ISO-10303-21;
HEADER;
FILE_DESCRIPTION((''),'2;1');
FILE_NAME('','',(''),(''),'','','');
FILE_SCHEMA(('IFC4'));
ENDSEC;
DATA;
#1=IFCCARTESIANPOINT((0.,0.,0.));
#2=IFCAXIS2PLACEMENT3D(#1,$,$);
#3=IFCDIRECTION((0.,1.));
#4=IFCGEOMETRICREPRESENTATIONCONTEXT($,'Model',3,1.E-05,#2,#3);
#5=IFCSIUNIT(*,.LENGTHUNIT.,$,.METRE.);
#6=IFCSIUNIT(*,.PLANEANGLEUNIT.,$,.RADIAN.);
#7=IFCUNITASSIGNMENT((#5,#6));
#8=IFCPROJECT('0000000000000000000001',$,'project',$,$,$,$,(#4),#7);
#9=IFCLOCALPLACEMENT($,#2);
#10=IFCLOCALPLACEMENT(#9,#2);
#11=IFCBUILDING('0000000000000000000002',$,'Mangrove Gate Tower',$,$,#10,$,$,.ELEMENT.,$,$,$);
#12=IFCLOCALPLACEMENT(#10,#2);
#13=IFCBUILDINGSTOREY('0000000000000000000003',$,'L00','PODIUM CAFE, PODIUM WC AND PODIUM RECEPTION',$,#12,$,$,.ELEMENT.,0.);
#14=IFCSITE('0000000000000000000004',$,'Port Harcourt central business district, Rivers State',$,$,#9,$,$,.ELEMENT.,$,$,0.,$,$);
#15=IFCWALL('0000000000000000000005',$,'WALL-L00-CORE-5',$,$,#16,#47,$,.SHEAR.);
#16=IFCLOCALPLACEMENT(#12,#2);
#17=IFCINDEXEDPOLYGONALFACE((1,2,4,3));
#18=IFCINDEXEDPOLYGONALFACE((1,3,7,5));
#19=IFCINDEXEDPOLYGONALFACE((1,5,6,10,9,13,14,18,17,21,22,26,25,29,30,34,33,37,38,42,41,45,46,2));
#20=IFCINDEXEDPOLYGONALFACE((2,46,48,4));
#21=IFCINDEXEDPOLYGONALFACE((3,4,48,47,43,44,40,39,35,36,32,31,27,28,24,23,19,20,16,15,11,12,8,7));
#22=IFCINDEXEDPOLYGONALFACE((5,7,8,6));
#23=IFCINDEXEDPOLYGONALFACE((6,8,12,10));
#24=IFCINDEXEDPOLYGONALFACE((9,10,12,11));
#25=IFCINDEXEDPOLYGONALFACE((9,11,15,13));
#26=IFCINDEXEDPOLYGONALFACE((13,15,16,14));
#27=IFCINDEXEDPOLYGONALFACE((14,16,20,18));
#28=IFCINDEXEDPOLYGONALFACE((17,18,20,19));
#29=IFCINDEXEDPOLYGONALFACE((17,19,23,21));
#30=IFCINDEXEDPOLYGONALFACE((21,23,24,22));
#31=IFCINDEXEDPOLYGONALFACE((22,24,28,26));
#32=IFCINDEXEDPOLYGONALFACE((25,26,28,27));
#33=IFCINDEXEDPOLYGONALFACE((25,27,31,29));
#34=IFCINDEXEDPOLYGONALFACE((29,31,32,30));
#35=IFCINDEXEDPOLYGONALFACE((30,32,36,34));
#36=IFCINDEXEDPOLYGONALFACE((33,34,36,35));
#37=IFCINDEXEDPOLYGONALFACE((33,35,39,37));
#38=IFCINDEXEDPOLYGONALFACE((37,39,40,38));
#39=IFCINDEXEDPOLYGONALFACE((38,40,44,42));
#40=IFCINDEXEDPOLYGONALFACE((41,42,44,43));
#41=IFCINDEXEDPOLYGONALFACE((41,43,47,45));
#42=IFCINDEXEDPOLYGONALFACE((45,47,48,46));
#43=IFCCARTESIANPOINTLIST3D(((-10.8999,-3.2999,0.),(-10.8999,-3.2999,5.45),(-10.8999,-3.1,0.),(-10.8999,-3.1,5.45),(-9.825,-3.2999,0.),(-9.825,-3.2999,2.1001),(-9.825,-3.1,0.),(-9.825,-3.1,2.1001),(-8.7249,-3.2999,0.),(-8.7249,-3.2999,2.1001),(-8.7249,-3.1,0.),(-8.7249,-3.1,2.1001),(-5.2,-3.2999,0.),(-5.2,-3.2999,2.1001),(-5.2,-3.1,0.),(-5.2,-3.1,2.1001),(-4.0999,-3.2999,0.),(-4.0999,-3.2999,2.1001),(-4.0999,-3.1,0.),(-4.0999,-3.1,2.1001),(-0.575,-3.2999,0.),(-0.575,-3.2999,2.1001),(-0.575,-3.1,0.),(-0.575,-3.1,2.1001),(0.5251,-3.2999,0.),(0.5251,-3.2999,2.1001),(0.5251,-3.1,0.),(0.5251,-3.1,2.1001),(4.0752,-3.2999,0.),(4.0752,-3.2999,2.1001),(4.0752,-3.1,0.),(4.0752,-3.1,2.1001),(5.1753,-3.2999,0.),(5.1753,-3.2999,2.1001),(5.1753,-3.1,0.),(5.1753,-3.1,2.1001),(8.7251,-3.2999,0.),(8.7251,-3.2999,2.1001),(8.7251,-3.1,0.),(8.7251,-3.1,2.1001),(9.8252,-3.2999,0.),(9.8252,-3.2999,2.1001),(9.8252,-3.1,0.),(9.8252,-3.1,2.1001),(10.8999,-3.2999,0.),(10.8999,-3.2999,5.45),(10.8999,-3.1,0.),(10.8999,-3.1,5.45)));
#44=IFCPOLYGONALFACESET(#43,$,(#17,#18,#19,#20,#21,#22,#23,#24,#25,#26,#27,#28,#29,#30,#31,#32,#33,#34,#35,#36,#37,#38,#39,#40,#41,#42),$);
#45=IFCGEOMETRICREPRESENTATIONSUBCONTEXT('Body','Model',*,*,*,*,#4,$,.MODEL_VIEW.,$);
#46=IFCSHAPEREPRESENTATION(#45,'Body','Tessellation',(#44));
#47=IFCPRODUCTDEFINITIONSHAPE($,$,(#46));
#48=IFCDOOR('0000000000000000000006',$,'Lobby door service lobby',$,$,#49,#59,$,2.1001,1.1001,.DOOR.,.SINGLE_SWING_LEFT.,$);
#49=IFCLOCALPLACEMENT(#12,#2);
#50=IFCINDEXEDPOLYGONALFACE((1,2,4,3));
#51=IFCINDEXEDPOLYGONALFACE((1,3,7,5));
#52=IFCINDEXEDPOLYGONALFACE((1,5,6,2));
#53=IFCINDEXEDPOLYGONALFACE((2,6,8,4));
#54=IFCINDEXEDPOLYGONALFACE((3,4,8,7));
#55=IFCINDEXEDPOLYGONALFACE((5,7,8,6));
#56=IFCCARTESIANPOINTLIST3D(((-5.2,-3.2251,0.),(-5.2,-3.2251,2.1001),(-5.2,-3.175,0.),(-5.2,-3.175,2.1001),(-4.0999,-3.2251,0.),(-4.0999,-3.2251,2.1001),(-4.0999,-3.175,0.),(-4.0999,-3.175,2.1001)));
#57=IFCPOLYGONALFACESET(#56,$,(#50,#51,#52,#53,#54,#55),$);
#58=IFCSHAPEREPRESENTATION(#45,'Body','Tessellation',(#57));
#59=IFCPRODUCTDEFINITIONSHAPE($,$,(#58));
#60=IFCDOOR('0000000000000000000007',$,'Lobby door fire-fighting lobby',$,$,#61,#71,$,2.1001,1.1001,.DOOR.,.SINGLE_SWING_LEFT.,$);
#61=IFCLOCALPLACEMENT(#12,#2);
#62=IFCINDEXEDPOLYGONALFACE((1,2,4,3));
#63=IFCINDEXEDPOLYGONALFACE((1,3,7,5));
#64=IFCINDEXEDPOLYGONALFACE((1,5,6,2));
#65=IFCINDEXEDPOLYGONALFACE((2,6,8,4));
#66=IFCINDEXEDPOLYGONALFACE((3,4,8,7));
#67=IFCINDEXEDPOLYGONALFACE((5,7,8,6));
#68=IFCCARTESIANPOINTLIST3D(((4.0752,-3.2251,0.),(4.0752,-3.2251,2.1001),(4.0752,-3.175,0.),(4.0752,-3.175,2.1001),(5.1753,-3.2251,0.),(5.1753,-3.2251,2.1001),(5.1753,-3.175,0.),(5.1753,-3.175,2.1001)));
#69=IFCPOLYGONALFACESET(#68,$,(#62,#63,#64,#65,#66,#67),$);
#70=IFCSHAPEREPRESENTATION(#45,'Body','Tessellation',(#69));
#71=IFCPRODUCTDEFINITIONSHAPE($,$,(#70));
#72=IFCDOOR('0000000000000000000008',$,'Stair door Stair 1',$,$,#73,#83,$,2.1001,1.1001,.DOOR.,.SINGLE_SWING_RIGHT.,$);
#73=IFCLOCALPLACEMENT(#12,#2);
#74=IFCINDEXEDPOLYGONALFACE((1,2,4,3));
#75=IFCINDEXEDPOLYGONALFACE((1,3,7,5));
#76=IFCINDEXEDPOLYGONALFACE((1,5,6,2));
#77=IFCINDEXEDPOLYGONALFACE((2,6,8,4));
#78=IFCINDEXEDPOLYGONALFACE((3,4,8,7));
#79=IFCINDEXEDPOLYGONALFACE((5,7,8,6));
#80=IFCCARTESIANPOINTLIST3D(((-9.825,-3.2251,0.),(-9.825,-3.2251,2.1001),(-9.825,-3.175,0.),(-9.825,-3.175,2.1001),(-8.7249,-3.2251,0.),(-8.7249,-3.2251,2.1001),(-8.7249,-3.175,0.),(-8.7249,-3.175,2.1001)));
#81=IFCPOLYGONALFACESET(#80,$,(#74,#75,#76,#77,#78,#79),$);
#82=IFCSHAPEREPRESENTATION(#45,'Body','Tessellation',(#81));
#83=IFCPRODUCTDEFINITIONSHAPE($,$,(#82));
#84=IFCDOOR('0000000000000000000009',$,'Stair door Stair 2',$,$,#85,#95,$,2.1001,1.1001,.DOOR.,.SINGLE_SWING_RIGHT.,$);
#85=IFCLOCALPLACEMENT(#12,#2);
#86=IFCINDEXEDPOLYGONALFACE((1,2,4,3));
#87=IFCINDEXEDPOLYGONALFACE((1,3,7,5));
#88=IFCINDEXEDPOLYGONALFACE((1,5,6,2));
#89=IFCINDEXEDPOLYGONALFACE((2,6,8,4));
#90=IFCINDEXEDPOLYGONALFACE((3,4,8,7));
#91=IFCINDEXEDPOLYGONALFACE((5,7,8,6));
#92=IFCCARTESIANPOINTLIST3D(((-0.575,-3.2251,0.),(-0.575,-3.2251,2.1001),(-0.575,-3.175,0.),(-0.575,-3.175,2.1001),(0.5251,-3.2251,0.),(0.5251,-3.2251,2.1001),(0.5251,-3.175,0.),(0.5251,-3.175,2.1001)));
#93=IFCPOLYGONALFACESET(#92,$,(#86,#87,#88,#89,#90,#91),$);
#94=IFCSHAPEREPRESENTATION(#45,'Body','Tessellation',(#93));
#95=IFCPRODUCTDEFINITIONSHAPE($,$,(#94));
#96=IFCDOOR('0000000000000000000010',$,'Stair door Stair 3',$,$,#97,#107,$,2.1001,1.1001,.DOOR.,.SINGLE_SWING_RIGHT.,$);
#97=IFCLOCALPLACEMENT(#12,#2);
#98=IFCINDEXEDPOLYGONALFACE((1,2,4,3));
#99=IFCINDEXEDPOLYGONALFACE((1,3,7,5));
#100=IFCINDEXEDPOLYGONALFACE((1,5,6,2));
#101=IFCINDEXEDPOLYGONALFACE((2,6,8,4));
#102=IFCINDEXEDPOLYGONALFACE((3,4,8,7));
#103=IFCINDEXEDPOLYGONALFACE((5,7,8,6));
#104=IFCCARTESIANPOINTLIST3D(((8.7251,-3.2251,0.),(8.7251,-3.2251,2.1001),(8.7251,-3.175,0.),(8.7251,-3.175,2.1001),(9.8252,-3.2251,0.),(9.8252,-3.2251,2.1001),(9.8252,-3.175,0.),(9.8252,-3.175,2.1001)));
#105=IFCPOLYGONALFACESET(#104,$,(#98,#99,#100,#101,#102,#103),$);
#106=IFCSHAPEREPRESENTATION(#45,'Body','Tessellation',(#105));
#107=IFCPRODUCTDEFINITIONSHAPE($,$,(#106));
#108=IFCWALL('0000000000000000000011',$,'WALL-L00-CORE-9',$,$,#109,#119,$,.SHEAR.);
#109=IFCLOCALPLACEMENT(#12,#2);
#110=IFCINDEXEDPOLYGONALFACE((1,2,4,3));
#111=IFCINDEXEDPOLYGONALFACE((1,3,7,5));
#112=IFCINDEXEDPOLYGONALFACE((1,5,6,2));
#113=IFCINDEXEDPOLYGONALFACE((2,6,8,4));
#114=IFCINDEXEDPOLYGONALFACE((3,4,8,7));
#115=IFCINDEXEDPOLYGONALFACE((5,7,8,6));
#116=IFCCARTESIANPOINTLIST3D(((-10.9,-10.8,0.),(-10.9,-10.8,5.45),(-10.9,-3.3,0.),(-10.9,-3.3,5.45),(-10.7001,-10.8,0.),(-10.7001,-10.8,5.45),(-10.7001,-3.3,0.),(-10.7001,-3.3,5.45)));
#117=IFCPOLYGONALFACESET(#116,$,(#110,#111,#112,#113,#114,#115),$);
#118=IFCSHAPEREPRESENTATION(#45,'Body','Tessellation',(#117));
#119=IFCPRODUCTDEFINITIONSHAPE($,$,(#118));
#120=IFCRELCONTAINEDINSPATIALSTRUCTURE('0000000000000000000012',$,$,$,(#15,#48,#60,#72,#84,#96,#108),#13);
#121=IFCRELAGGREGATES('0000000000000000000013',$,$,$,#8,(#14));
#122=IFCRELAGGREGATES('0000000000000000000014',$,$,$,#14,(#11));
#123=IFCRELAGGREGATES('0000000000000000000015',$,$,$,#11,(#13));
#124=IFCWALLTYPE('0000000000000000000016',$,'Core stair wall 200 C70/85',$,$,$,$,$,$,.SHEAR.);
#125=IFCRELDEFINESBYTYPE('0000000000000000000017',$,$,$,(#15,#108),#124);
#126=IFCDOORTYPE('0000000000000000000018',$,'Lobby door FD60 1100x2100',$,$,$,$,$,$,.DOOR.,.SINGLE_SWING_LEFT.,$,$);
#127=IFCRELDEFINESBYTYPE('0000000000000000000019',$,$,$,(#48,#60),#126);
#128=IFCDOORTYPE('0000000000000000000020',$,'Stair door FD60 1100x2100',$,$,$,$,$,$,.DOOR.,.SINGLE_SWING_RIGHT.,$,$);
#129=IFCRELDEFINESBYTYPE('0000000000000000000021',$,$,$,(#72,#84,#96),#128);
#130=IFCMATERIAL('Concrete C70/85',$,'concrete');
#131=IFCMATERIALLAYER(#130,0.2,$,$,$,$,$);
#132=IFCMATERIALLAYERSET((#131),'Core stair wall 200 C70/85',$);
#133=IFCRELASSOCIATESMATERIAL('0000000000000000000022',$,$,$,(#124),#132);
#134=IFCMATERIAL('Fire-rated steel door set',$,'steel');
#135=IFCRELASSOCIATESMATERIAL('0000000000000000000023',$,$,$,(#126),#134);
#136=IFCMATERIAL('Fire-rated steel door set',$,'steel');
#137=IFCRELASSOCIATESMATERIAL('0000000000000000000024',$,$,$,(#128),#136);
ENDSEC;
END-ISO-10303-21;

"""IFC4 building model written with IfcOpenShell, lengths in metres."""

from ifc_helpers import new_model, si_unit, direction, frame, frame_2d, origin, place, context, subcontext, project, spatial, rectangle, extrude, material, layer, layer_set, type_object, element, fill, save


model = new_model("IFC4")

# Units and contexts
model_context = context("Model", 3, precision=1e-05, world=origin(), true_north=direction((0.0, 1.0)))
body_context = subcontext(model_context, "Body", "Model", "MODEL_VIEW")
ifc_project = project(units=[si_unit("LENGTHUNIT", "METRE"), si_unit("PLANEANGLEUNIT", "RADIAN")], contexts=[model_context])

# Site, building, storey
site_placement = place(None, origin())
site = spatial("IfcSite", under=ifc_project, at=site_placement, Name="Port Harcourt central business district, Rivers State", CompositionType="ELEMENT", RefElevation=0.0)
building_placement = place(site_placement, origin())
building = spatial("IfcBuilding", under=site, at=building_placement, Name="Mangrove Gate Tower", CompositionType="ELEMENT")
storey_placement = place(building_placement, origin())
storey = spatial("IfcBuildingStorey", under=building, at=storey_placement, Name="L00", Description="PODIUM CAFE, PODIUM WC AND PODIUM RECEPTION", CompositionType="ELEMENT", Elevation=0.0)

# Wall, openings, doors
ifc_material_1 = material(Name="Concrete C70/85", Category="concrete")
ifc_layer_1 = layer(ifc_material_1, 0.2)
ifc_layer_set_1 = layer_set([ifc_layer_1], Name="Core stair wall 200 C70/85")
wall_type_1 = type_object("IfcWallType", Name="Core stair wall 200 C70/85", PredefinedType="SHEAR", material=ifc_layer_set_1)
wall_1_placement = place(storey_placement, frame((-10.8999, -3.2, 0.0), z_axis=(0.0, 0.0, 1.0), x_axis=(1.0, 0.0, 0.0)))
wall_1 = element("IfcWall", 1, at=wall_1_placement, inside=storey, type_object=wall_type_1, Name="WALL-L00-CORE-5", PredefinedType="SHEAR", context=body_context, shape_type="SweptSolid", body=[
    extrude(rectangle(XDim=21.7998, YDim=0.2, at=frame_2d((10.8999, 0.0))), origin(), (0.0, 0.0, 1.0), 5.45),
])
opening_1_placement = place(wall_1_placement, frame((1.075, 0.0, 0.0)))
opening_1 = element("IfcOpeningElement", 2, at=opening_1_placement, cuts=wall_1, PredefinedType="OPENING", context=body_context, shape_type="SweptSolid", body=[
    extrude(rectangle(XDim=1.1001, YDim=2.1001, at=frame_2d((0.55, 1.05))), frame((0.0, 0.1099, 0.0), z_axis=(0.0, -1.0, 0.0), x_axis=(1.0, 0.0, 0.0)), (0.0, 0.0, 1.0), 0.22),
])
opening_2_placement = place(wall_1_placement, frame((10.325, 0.0, 0.0)))
opening_2 = element("IfcOpeningElement", 3, at=opening_2_placement, cuts=wall_1, PredefinedType="OPENING", context=body_context, shape_type="SweptSolid", body=[
    extrude(rectangle(XDim=1.1001, YDim=2.1001, at=frame_2d((0.55, 1.05))), frame((0.0, 0.1099, 0.0), z_axis=(0.0, -1.0, 0.0), x_axis=(1.0, 0.0, 0.0)), (0.0, 0.0, 1.0), 0.22),
])
opening_3_placement = place(wall_1_placement, frame((19.625, 0.0, 0.0)))
opening_3 = element("IfcOpeningElement", 4, at=opening_3_placement, cuts=wall_1, PredefinedType="OPENING", context=body_context, shape_type="SweptSolid", body=[
    extrude(rectangle(XDim=1.1001, YDim=2.1001, at=frame_2d((0.55, 1.05))), frame((0.0, 0.1099, 0.0), z_axis=(0.0, -1.0, 0.0), x_axis=(1.0, 0.0, 0.0)), (0.0, 0.0, 1.0), 0.22),
])
opening_4_placement = place(wall_1_placement, frame((5.7, 0.0, 0.0)))
opening_4 = element("IfcOpeningElement", 5, at=opening_4_placement, cuts=wall_1, PredefinedType="OPENING", context=body_context, shape_type="SweptSolid", body=[
    extrude(rectangle(XDim=1.1001, YDim=2.1001, at=frame_2d((0.55, 1.05))), frame((0.0, 0.1099, 0.0), z_axis=(0.0, -1.0, 0.0), x_axis=(1.0, 0.0, 0.0)), (0.0, 0.0, 1.0), 0.22),
])
opening_5_placement = place(wall_1_placement, frame((14.9751, 0.0, 0.0)))
opening_5 = element("IfcOpeningElement", 6, at=opening_5_placement, cuts=wall_1, PredefinedType="OPENING", context=body_context, shape_type="SweptSolid", body=[
    extrude(rectangle(XDim=1.1001, YDim=2.1001, at=frame_2d((0.55, 1.05))), frame((0.0, 0.1099, 0.0), z_axis=(0.0, -1.0, 0.0), x_axis=(1.0, 0.0, 0.0)), (0.0, 0.0, 1.0), 0.22),
])
ifc_material_2 = material(Name="Fire-rated steel door set", Category="steel")
door_type_1 = type_object("IfcDoorType", Name="Lobby door FD60 1100x2100", OperationType="SINGLE_SWING_LEFT", PredefinedType="DOOR", material=ifc_material_2)
door_1_placement = place(opening_4_placement, origin())
door_1 = element("IfcDoor", 7, at=door_1_placement, inside=storey, type_object=door_type_1, Name="Lobby door service lobby", OperationType="SINGLE_SWING_LEFT", OverallHeight=2.1001, OverallWidth=1.1001, PredefinedType="DOOR", context=body_context, shape_type="SweptSolid", body=[
    extrude(rectangle(XDim=1.1001, YDim=2.1001, at=frame_2d((0.55, 1.05))), frame((0.0, 0.0249, 0.0), z_axis=(0.0, -1.0, 0.0), x_axis=(1.0, 0.0, 0.0)), (0.0, 0.0, 1.0), 0.05),
])
fill(opening_4, door_1)
door_2_placement = place(opening_5_placement, origin())
door_2 = element("IfcDoor", 8, at=door_2_placement, inside=storey, type_object=door_type_1, Name="Lobby door fire-fighting lobby", OperationType="SINGLE_SWING_LEFT", OverallHeight=2.1001, OverallWidth=1.1001, PredefinedType="DOOR", context=body_context, shape_type="SweptSolid", body=[
    extrude(rectangle(XDim=1.1001, YDim=2.1001, at=frame_2d((0.55, 1.05))), frame((0.0, 0.0249, 0.0), z_axis=(0.0, -1.0, 0.0), x_axis=(1.0, 0.0, 0.0)), (0.0, 0.0, 1.0), 0.05),
])
fill(opening_5, door_2)
ifc_material_3 = material(Name="Fire-rated steel door set", Category="steel")
door_type_2 = type_object("IfcDoorType", Name="Stair door FD60 1100x2100", OperationType="SINGLE_SWING_RIGHT", PredefinedType="DOOR", material=ifc_material_3)
door_3_placement = place(opening_1_placement, origin())
door_3 = element("IfcDoor", 9, at=door_3_placement, inside=storey, type_object=door_type_2, Name="Stair door Stair 1", OperationType="SINGLE_SWING_RIGHT", OverallHeight=2.1001, OverallWidth=1.1001, PredefinedType="DOOR", context=body_context, shape_type="SweptSolid", body=[
    extrude(rectangle(XDim=1.1001, YDim=2.1001, at=frame_2d((0.55, 1.05))), frame((0.0, 0.0249, 0.0), z_axis=(0.0, -1.0, 0.0), x_axis=(1.0, 0.0, 0.0)), (0.0, 0.0, 1.0), 0.05),
])
fill(opening_1, door_3)
door_4_placement = place(opening_2_placement, origin())
door_4 = element("IfcDoor", 10, at=door_4_placement, inside=storey, type_object=door_type_2, Name="Stair door Stair 2", OperationType="SINGLE_SWING_RIGHT", OverallHeight=2.1001, OverallWidth=1.1001, PredefinedType="DOOR", context=body_context, shape_type="SweptSolid", body=[
    extrude(rectangle(XDim=1.1001, YDim=2.1001, at=frame_2d((0.55, 1.05))), frame((0.0, 0.0249, 0.0), z_axis=(0.0, -1.0, 0.0), x_axis=(1.0, 0.0, 0.0)), (0.0, 0.0, 1.0), 0.05),
])
fill(opening_2, door_4)
door_5_placement = place(opening_3_placement, origin())
door_5 = element("IfcDoor", 11, at=door_5_placement, inside=storey, type_object=door_type_2, Name="Stair door Stair 3", OperationType="SINGLE_SWING_RIGHT", OverallHeight=2.1001, OverallWidth=1.1001, PredefinedType="DOOR", context=body_context, shape_type="SweptSolid", body=[
    extrude(rectangle(XDim=1.1001, YDim=2.1001, at=frame_2d((0.55, 1.05))), frame((0.0, 0.0249, 0.0), z_axis=(0.0, -1.0, 0.0), x_axis=(1.0, 0.0, 0.0)), (0.0, 0.0, 1.0), 0.05),
])
fill(opening_3, door_5)

# Wall
wall_2_placement = place(storey_placement, frame((-10.8, -10.8, 0.0), z_axis=(0.0, 0.0, 1.0), x_axis=(0.0, 1.0, 0.0)))
element("IfcWall", 12, at=wall_2_placement, inside=storey, type_object=wall_type_1, Name="WALL-L00-CORE-9", PredefinedType="SHEAR", context=body_context, shape_type="SweptSolid", body=[
    extrude(rectangle(XDim=7.5, YDim=0.2, at=frame_2d((3.75, 0.0))), origin(), (0.0, 0.0, 1.0), 5.45),
])

save(model, "model.ifc")
